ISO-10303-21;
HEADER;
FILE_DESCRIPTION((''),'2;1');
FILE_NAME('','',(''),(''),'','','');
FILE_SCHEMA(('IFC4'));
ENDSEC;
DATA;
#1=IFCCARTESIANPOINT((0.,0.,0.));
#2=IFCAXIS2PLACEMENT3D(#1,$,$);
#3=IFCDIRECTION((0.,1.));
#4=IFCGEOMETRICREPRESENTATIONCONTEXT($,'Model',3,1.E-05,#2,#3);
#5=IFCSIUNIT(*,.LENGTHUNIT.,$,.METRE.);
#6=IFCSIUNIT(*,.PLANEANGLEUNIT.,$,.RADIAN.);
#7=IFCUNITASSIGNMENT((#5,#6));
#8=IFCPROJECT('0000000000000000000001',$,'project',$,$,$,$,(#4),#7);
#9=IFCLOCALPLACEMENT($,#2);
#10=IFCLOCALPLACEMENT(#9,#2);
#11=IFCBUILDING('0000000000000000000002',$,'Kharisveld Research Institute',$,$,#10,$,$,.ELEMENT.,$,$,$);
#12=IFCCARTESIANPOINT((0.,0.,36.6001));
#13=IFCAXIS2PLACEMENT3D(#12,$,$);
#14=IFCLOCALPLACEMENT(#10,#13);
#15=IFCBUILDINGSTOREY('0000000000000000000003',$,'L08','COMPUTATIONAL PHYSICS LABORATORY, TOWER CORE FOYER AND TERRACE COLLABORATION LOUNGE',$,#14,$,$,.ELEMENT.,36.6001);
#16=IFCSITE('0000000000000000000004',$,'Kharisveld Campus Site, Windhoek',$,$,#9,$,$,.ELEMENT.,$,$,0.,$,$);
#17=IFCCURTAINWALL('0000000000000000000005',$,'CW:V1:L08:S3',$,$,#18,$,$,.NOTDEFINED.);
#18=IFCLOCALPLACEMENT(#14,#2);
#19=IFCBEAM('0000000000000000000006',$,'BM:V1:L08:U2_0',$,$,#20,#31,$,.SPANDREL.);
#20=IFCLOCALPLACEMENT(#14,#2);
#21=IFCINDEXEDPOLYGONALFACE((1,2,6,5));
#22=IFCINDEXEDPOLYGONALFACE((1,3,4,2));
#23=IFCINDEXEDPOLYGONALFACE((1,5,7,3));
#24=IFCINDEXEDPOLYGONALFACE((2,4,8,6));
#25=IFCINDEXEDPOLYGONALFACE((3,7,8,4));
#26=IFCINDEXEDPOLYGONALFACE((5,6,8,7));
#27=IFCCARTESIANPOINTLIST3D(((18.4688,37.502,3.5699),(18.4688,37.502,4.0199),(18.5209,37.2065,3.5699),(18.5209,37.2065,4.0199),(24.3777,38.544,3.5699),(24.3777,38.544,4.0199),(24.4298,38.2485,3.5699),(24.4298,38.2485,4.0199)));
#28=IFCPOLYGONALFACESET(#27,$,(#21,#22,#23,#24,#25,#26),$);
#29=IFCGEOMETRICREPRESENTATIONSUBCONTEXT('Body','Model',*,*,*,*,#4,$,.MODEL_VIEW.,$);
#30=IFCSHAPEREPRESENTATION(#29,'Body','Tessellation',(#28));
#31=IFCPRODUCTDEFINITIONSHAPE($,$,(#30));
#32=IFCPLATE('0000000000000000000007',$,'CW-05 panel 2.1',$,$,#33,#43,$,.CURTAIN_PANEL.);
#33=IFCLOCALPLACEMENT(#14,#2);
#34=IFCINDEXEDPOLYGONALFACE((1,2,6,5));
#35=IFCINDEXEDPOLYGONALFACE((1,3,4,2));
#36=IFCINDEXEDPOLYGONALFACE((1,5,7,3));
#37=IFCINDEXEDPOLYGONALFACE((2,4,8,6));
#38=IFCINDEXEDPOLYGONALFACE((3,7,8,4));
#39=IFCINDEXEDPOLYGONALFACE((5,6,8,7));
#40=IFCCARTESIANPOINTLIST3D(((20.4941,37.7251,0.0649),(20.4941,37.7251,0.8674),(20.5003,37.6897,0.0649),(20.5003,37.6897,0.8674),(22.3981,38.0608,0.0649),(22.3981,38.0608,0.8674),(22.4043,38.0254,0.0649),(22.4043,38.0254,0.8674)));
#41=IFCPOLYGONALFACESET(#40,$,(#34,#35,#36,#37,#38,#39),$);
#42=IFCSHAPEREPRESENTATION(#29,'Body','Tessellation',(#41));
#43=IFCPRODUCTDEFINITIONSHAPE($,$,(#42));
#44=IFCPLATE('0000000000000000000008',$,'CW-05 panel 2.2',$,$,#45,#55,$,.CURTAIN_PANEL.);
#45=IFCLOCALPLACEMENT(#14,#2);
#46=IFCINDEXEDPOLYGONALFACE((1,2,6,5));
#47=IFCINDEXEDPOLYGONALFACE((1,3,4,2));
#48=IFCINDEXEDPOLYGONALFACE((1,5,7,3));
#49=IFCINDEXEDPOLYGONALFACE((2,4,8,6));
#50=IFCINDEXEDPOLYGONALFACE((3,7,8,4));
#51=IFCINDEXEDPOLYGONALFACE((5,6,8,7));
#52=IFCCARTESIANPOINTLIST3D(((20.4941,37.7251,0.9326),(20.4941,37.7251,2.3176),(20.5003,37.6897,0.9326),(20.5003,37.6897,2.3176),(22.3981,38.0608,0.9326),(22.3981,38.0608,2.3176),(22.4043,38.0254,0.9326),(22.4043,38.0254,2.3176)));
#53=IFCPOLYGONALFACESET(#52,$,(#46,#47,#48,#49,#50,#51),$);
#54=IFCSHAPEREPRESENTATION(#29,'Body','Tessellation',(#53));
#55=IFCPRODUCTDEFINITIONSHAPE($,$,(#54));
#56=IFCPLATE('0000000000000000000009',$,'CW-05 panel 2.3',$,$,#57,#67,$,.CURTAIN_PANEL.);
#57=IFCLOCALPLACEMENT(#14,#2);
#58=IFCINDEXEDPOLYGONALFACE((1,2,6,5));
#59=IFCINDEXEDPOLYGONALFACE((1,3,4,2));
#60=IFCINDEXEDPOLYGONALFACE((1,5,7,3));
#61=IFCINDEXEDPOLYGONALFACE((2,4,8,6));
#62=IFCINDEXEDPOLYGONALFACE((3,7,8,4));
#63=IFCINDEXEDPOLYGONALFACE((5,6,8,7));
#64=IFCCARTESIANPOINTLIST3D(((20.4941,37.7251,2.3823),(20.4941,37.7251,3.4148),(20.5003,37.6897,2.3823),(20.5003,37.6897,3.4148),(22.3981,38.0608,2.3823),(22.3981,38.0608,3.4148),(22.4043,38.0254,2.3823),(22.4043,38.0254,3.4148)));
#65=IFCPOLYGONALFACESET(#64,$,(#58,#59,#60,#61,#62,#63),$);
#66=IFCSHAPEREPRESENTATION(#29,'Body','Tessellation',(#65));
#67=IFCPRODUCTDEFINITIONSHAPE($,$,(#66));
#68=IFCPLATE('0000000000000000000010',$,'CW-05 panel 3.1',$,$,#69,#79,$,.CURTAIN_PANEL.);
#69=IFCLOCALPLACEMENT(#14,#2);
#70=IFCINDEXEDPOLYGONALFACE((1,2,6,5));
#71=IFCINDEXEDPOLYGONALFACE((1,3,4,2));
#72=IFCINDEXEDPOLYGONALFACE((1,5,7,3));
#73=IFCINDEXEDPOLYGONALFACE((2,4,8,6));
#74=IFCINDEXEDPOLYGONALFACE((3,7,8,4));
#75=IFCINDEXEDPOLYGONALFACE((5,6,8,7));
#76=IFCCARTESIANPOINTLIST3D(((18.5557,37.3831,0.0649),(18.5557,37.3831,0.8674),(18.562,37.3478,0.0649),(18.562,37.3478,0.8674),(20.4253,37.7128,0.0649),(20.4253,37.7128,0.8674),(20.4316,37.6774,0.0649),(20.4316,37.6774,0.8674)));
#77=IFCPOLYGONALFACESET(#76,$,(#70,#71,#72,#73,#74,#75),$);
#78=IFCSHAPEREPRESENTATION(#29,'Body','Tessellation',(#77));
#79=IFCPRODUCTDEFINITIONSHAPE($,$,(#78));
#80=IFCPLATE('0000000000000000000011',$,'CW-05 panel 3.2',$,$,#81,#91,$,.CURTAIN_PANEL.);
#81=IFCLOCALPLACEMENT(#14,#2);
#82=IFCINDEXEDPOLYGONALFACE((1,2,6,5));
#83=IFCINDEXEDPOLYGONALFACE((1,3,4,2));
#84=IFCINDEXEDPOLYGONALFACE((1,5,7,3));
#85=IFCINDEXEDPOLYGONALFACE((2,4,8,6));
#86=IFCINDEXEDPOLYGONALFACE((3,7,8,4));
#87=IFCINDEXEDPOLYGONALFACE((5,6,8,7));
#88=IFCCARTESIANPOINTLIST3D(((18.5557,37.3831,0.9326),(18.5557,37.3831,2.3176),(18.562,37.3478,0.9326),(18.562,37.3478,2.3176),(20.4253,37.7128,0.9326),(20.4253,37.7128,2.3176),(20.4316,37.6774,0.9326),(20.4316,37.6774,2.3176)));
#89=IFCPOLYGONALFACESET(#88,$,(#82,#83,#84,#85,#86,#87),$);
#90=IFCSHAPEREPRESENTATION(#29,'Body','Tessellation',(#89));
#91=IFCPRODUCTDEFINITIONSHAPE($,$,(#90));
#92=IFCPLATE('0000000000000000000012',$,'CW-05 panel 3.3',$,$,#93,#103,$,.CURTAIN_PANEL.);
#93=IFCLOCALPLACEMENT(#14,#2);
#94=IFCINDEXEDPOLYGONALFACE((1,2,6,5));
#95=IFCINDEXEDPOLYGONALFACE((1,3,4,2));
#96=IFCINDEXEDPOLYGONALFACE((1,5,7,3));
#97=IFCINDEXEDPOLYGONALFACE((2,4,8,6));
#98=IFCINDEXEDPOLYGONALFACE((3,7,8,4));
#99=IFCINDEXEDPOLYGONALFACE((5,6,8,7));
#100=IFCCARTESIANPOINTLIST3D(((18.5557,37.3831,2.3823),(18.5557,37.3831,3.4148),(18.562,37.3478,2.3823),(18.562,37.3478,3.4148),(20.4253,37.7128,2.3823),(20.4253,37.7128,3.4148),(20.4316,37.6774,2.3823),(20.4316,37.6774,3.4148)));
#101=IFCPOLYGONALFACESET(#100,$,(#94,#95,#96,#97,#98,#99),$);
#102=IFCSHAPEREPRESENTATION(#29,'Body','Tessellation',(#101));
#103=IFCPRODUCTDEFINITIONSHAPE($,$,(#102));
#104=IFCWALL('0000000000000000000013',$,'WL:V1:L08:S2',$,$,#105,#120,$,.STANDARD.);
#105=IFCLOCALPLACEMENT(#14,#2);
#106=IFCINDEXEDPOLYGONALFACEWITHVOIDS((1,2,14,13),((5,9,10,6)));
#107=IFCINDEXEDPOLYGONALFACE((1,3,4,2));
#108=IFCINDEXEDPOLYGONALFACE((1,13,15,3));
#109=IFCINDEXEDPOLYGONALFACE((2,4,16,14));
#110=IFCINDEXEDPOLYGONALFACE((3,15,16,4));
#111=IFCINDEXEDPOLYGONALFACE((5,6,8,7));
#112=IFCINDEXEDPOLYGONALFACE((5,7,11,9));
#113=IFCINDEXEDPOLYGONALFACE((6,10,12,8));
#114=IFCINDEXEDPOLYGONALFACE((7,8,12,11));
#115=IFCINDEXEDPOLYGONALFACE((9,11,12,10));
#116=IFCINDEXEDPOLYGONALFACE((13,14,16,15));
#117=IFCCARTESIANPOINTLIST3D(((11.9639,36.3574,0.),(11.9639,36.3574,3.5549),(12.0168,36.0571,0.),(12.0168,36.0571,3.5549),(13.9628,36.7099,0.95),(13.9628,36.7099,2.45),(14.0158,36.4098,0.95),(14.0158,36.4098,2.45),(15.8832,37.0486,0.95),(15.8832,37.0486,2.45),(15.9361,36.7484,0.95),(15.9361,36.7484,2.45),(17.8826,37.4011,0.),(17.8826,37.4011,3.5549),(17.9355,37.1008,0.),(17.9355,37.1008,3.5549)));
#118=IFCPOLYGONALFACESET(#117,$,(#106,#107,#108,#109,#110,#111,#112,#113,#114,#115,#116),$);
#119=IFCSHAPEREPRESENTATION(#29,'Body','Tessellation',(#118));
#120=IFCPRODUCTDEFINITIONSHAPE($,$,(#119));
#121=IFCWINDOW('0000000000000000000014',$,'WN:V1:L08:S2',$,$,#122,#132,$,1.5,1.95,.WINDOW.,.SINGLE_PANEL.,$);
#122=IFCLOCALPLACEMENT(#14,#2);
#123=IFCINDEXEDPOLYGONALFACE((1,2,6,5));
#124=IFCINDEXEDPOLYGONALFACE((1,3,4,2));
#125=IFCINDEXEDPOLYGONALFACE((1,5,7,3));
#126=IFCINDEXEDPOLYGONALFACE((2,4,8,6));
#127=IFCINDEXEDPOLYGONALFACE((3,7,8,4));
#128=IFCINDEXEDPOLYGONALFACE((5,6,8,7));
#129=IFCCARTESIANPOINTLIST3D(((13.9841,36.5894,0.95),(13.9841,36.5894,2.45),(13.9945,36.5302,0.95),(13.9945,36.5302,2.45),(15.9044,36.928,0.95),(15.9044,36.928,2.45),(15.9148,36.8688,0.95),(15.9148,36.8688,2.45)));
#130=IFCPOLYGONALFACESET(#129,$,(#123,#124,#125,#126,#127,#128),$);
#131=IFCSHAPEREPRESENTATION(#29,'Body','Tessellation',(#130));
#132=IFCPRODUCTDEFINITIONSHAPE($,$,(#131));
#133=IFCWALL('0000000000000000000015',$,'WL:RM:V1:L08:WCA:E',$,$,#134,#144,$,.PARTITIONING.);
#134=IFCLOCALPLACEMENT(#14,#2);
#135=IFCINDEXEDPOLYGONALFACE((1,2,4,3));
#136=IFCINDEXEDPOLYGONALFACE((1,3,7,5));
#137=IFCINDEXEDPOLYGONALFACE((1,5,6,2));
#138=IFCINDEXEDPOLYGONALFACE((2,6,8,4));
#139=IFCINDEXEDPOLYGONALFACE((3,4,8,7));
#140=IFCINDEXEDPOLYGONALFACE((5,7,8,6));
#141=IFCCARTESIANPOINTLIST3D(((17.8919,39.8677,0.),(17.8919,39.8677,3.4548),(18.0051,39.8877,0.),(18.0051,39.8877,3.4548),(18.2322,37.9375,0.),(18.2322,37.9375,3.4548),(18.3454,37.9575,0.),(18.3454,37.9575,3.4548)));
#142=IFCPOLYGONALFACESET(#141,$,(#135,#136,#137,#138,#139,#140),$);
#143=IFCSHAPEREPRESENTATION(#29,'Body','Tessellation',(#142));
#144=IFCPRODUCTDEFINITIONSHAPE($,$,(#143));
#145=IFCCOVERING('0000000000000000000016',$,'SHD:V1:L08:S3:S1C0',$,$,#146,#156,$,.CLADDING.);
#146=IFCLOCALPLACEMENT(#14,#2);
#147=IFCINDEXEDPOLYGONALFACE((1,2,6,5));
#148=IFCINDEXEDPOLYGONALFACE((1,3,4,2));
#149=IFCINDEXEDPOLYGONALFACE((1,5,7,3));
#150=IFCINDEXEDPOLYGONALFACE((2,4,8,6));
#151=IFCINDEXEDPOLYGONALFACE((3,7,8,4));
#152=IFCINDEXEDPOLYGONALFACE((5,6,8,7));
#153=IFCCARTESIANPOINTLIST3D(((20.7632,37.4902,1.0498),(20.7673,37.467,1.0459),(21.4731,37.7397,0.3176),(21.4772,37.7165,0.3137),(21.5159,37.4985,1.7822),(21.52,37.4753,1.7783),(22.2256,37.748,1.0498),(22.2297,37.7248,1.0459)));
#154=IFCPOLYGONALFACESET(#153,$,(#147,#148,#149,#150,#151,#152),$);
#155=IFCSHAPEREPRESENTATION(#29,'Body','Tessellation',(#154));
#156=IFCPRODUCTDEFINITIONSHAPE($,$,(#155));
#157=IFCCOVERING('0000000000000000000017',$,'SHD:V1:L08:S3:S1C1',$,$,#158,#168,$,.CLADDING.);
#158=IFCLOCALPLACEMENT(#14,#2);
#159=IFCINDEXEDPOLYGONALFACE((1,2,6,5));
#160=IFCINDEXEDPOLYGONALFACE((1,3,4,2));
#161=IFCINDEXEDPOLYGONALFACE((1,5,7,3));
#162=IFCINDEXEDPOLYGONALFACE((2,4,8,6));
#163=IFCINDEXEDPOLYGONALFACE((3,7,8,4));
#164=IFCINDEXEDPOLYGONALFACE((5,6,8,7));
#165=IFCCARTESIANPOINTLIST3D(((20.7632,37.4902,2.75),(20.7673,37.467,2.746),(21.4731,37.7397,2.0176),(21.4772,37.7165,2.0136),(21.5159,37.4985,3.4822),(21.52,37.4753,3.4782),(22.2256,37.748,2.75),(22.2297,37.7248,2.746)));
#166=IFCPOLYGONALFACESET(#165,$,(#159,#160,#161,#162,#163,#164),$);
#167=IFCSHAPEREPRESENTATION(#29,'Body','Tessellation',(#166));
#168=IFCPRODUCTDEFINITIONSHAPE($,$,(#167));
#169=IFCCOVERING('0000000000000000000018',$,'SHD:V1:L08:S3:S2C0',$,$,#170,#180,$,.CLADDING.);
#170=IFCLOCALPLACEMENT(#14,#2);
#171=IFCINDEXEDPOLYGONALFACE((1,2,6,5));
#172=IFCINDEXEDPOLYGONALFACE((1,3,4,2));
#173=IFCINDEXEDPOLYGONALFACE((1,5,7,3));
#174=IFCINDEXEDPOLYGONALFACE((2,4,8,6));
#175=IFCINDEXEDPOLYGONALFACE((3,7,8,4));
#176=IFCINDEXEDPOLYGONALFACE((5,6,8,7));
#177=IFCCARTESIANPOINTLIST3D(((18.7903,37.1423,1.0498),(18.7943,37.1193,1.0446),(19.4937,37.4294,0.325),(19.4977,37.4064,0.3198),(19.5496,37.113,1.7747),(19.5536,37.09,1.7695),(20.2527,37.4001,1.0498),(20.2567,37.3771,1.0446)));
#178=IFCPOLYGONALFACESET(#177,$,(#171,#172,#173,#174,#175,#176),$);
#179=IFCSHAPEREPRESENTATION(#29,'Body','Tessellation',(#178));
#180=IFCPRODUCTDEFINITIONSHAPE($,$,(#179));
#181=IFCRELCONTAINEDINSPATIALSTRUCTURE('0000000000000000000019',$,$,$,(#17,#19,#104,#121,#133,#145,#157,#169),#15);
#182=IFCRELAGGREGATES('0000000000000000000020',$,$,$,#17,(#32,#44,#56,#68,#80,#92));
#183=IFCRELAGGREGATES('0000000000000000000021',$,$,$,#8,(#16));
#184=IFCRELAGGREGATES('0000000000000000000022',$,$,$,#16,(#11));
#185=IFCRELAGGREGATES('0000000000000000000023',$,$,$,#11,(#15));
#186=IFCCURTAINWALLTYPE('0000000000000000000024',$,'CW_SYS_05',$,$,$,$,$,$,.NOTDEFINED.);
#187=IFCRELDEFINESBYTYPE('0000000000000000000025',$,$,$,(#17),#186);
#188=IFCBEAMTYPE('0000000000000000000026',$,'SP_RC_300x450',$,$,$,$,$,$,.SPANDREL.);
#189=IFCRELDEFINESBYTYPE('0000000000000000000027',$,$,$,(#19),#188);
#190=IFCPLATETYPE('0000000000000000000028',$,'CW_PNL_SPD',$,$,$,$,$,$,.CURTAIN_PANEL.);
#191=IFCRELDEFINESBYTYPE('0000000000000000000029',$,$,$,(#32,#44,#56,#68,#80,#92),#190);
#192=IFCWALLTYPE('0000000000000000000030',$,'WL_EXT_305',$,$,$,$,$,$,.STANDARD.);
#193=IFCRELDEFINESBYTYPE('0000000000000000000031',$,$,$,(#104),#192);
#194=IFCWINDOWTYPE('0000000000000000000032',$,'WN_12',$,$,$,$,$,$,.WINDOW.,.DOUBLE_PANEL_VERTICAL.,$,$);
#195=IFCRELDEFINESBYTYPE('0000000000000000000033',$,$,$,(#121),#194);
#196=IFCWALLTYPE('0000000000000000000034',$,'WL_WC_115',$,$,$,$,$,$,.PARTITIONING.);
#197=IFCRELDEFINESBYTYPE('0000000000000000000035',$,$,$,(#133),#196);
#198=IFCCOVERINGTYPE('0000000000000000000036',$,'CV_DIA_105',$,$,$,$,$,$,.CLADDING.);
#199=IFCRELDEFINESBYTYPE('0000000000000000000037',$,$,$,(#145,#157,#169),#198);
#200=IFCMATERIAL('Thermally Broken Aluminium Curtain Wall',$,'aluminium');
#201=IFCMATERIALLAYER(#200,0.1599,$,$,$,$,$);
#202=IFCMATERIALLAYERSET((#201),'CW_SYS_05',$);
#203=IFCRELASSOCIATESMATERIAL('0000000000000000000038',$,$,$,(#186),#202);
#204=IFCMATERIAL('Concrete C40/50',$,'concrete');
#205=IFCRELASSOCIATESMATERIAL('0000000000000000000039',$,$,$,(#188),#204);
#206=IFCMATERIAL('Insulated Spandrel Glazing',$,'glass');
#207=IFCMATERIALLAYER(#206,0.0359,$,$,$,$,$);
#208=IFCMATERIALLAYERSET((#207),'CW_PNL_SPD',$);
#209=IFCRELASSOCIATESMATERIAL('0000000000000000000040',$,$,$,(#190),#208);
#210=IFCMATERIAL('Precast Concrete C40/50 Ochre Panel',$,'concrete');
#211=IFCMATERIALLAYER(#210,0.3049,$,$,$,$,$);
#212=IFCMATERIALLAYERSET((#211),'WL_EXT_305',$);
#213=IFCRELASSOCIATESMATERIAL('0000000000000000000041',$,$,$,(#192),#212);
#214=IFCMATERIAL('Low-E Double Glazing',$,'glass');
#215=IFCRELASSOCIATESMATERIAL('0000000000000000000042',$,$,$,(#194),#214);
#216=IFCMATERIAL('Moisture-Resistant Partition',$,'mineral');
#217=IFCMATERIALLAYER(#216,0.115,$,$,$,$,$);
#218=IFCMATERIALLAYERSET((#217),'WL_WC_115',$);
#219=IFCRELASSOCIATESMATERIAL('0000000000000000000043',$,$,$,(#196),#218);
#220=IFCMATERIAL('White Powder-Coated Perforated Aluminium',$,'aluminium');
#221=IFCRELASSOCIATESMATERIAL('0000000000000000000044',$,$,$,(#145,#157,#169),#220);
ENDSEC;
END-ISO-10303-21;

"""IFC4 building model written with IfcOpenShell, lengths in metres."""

from ifc_helpers import new_model, si_unit, direction, frame, frame_2d, origin, origin_2d, place, context, subcontext, project, spatial, polyline, rectangle, outline, extrude, material, layer, layer_set, material_profile, profile_set, type_object, element, fill, aggregate, save


model = new_model("IFC4")

# Units and contexts
model_context = context("Model", 3, precision=1e-05, world=origin(), true_north=direction((0.0, 1.0)))
body_context = subcontext(model_context, "Body", "Model", "MODEL_VIEW")
ifc_project = project(units=[si_unit("LENGTHUNIT", "METRE"), si_unit("PLANEANGLEUNIT", "RADIAN")], contexts=[model_context])

# Site, building, storey
site_placement = place(None, origin())
site = spatial("IfcSite", under=ifc_project, at=site_placement, Name="Kharisveld Campus Site, Windhoek", CompositionType="ELEMENT", RefElevation=0.0)
building_placement = place(site_placement, origin())
building = spatial("IfcBuilding", under=site, at=building_placement, Name="Kharisveld Research Institute", CompositionType="ELEMENT")
storey_placement = place(building_placement, frame((0.0, 0.0, 36.6001)))
storey = spatial("IfcBuildingStorey", under=building, at=storey_placement, Name="L08", Description="COMPUTATIONAL PHYSICS LABORATORY, TOWER CORE FOYER AND TERRACE COLLABORATION LOUNGE", CompositionType="ELEMENT", Elevation=36.6001)

# Curtain wall
ifc_material_1 = material(Name="Thermally Broken Aluminium Curtain Wall", Category="aluminium")
ifc_layer_1 = layer(ifc_material_1, 0.1599)
ifc_layer_set_1 = layer_set([ifc_layer_1], Name="CW_SYS_05")
curtain_wall_type = type_object("IfcCurtainWallType", Name="CW_SYS_05", PredefinedType="NOTDEFINED", material=ifc_layer_set_1)
curtain_wall_placement = place(storey_placement, origin())
curtain_wall = element("IfcCurtainWall", 1, at=curtain_wall_placement, inside=storey, type_object=curtain_wall_type, Name="CW:V1:L08:S3", PredefinedType="NOTDEFINED")

# Beam
ifc_material_2 = material(Name="Concrete C40/50", Category="concrete")
ifc_material_profile_1 = material_profile(ifc_material_2, rectangle(XDim=0.3, YDim=0.45, at=origin_2d()))
ifc_profile_set_1 = profile_set([ifc_material_profile_1], Name="Concrete C40/50")
beam_type_1 = type_object("IfcBeamType", Name="SP_RC_300x450", PredefinedType="SPANDREL", material=ifc_profile_set_1)
beam_1_placement = place(storey_placement, frame((18.4949, 37.3542, 3.7949), z_axis=(0.984805, 0.173662, 0.0), x_axis=(-0.173662, 0.984805, 0.0)))
element("IfcBeam", 2, at=beam_1_placement, inside=storey, type_object=beam_type_1, Name="BM:V1:L08:U2_0", PredefinedType="SPANDREL", context=body_context, shape_type="SweptSolid", body=[
    extrude(rectangle(XDim=0.3, YDim=0.45, at=origin_2d()), origin(), (0.0, 0.0, 1.0), 6.0),
])

# Plates
ifc_material_3 = material(Name="Insulated Spandrel Glazing", Category="glass")
ifc_layer_2 = layer(ifc_material_3, 0.0359)
ifc_layer_set_2 = layer_set([ifc_layer_2], Name="CW_PNL_SPD")
plate_type = type_object("IfcPlateType", Name="CW_PNL_SPD", PredefinedType="CURTAIN_PANEL", material=ifc_layer_set_2)
plate_1_placement = place(storey_placement, frame((21.4492, 37.8752, 0.0649), z_axis=(0.0, 0.0, 1.0), x_axis=(-0.984808, -0.173648, 0.0)))
plate_1 = element("IfcPlate", 3, at=plate_1_placement, type_object=plate_type, Name="CW-05 panel 2.1", PredefinedType="CURTAIN_PANEL", context=body_context, shape_type="SweptSolid", body=[
    extrude(rectangle(XDim=1.9333, YDim=0.0359, at=origin_2d()), origin(), (0.0, 0.0, 1.0), 0.8025),
])
plate_2_placement = place(storey_placement, frame((21.4492, 37.8752, 0.9326), z_axis=(0.0, 0.0, 1.0), x_axis=(-0.984808, -0.173648, 0.0)))
plate_2 = element("IfcPlate", 4, at=plate_2_placement, type_object=plate_type, Name="CW-05 panel 2.2", PredefinedType="CURTAIN_PANEL", context=body_context, shape_type="SweptSolid", body=[
    extrude(rectangle(XDim=1.9333, YDim=0.0359, at=origin_2d()), origin(), (0.0, 0.0, 1.0), 1.385),
])
plate_3_placement = place(storey_placement, frame((21.4492, 37.8752, 2.3823), z_axis=(0.0, 0.0, 1.0), x_axis=(-0.984808, -0.173648, 0.0)))
plate_3 = element("IfcPlate", 5, at=plate_3_placement, type_object=plate_type, Name="CW-05 panel 2.3", PredefinedType="CURTAIN_PANEL", context=body_context, shape_type="SweptSolid", body=[
    extrude(rectangle(XDim=1.9333, YDim=0.0359, at=origin_2d()), origin(), (0.0, 0.0, 1.0), 1.0325),
])
plate_4_placement = place(storey_placement, frame((19.4937, 37.5303, 0.0649), z_axis=(0.0, 0.0, 1.0), x_axis=(-0.984808, -0.173648, 0.0)))
plate_4 = element("IfcPlate", 6, at=plate_4_placement, type_object=plate_type, Name="CW-05 panel 3.1", PredefinedType="CURTAIN_PANEL", context=body_context, shape_type="SweptSolid", body=[
    extrude(rectangle(XDim=1.8984, YDim=0.0359, at=origin_2d()), origin(), (0.0, 0.0, 1.0), 0.8025),
])
plate_5_placement = place(storey_placement, frame((19.4937, 37.5303, 0.9326), z_axis=(0.0, 0.0, 1.0), x_axis=(-0.984808, -0.173648, 0.0)))
plate_5 = element("IfcPlate", 7, at=plate_5_placement, type_object=plate_type, Name="CW-05 panel 3.2", PredefinedType="CURTAIN_PANEL", context=body_context, shape_type="SweptSolid", body=[
    extrude(rectangle(XDim=1.8984, YDim=0.0359, at=origin_2d()), origin(), (0.0, 0.0, 1.0), 1.385),
])
plate_6_placement = place(storey_placement, frame((19.4937, 37.5303, 2.3823), z_axis=(0.0, 0.0, 1.0), x_axis=(-0.984808, -0.173648, 0.0)))
plate_6 = element("IfcPlate", 8, at=plate_6_placement, type_object=plate_type, Name="CW-05 panel 3.3", PredefinedType="CURTAIN_PANEL", context=body_context, shape_type="SweptSolid", body=[
    extrude(rectangle(XDim=1.8984, YDim=0.0359, at=origin_2d()), origin(), (0.0, 0.0, 1.0), 1.0325),
])
aggregate(curtain_wall, [plate_1, plate_2, plate_3, plate_4, plate_5, plate_6])

# Wall, opening, window
ifc_material_4 = material(Name="Precast Concrete C40/50 Ochre Panel", Category="concrete")
ifc_layer_3 = layer(ifc_material_4, 0.3049)
ifc_layer_set_3 = layer_set([ifc_layer_3], Name="WL_EXT_305")
wall_type_1 = type_object("IfcWallType", Name="WL_EXT_305", PredefinedType="STANDARD", material=ifc_layer_set_3)
wall_1_placement = place(storey_placement, frame((17.9089, 37.251, 0.0), z_axis=(0.0, 0.0, 1.0), x_axis=(-0.984806, -0.17366, 0.0)))
wall_1 = element("IfcWall", 9, at=wall_1_placement, inside=storey, type_object=wall_type_1, Name="WL:V1:L08:S2", PredefinedType="STANDARD", context=body_context, shape_type="SweptSolid", body=[
    extrude(rectangle(XDim=6.01, YDim=0.3049, at=frame_2d((3.0049, 0.0))), origin(), (0.0, 0.0, 1.0), 3.5549),
])
opening_placement = place(wall_1_placement, frame((2.03, 0.0, 0.95)))
opening = element("IfcOpeningElement", 10, at=opening_placement, cuts=wall_1, PredefinedType="OPENING", context=body_context, shape_type="SweptSolid", body=[
    extrude(rectangle(XDim=1.95, YDim=1.5, at=frame_2d((0.9751, 0.75))), frame((0.0, 0.1523, 0.0), z_axis=(0.0, -1.0, 0.0), x_axis=(1.0, 0.0, 0.0)), (0.0, 0.0, 1.0), 0.3049),
])
ifc_material_5 = material(Name="Low-E Double Glazing", Category="glass")
window_type = type_object("IfcWindowType", Name="WN_12", PartitioningType="DOUBLE_PANEL_VERTICAL", PredefinedType="WINDOW", material=ifc_material_5)
window_placement = place(opening_placement, origin())
window = element("IfcWindow", 11, at=window_placement, inside=storey, type_object=window_type, Name="WN:V1:L08:S2", OverallHeight=1.5, OverallWidth=1.95, PartitioningType="SINGLE_PANEL", PredefinedType="WINDOW", context=body_context, shape_type="SweptSolid", body=[
    extrude(rectangle(XDim=1.95, YDim=1.5, at=frame_2d((0.9751, 0.75))), frame((0.0, 0.03, 0.0), z_axis=(0.0, -1.0, 0.0), x_axis=(1.0, 0.0, 0.0)), (0.0, 0.0, 1.0), 0.0601),
])
fill(opening, window)

# Wall
ifc_material_6 = material(Name="Moisture-Resistant Partition", Category="mineral")
ifc_layer_4 = layer(ifc_material_6, 0.115)
ifc_layer_set_4 = layer_set([ifc_layer_4], Name="WL_WC_115")
wall_type_2 = type_object("IfcWallType", Name="WL_WC_115", PredefinedType="PARTITIONING", material=ifc_layer_set_4)
wall_2_placement = place(storey_placement, frame((18.2888, 37.9475, 0.0), z_axis=(0.0, 0.0, 1.0), x_axis=(-0.173643, 0.984809, 0.0)))
element("IfcWall", 12, at=wall_2_placement, inside=storey, type_object=wall_type_2, Name="WL:RM:V1:L08:WCA:E", PredefinedType="PARTITIONING", context=body_context, shape_type="SweptSolid", body=[
    extrude(rectangle(XDim=1.96, YDim=0.115, at=frame_2d((0.98, 0.0))), origin(), (0.0, 0.0, 1.0), 3.4548),
])

# Coverings
ifc_material_7 = material(Name="White Powder-Coated Perforated Aluminium", Category="aluminium")
covering_type = type_object("IfcCoveringType", Name="CV_DIA_105", PredefinedType="CLADDING")
covering_1_placement = place(storey_placement, frame((21.4731, 37.7397, 0.3176), z_axis=(-0.171238, 0.971321, 0.164966), x_axis=(-0.676188, -0.237643, 0.697348)))
element("IfcCovering", 13, at=covering_1_placement, inside=storey, type_object=covering_type, material=ifc_material_7, Name="SHD:V1:L08:S3:S1C0", PredefinedType="CLADDING", context=body_context, shape_type="SweptSolid", body=[
    extrude(outline(polyline([(0.0, 0.0), (1.0499, 0.0), (1.0498, 1.0503), (-0.0002, 1.0499), (0.0, 0.0)])), origin(), (0.0, 0.0, -1.0), 0.0239),
])
covering_2_placement = place(storey_placement, frame((21.4731, 37.7397, 2.0176), z_axis=(-0.171238, 0.971321, 0.164966), x_axis=(-0.676072, -0.237642, 0.697462)))
element("IfcCovering", 14, at=covering_2_placement, inside=storey, type_object=covering_type, material=ifc_material_7, Name="SHD:V1:L08:S3:S1C1", PredefinedType="CLADDING", context=body_context, shape_type="SweptSolid", body=[
    extrude(outline(polyline([(0.0, 0.0), (1.0501, 0.0), (1.0499, 1.0501), (0.0002, 1.0501), (0.0, 0.0)])), origin(), (0.0, 0.0, -1.0), 0.0239),
])
for number, where, z_axis, x_axis, name in (
    (15, (19.4937, 37.4294, 0.325), (-0.169503, 0.961481, 0.216385), (-0.66985, -0.273447, 0.69031), "SHD:V1:L08:S3:S2C0"),
):
    element("IfcCovering", number, at=place(storey_placement, frame(where, z_axis=z_axis, x_axis=x_axis)), inside=storey, type_object=covering_type, material=ifc_material_7, Name=name, PredefinedType="CLADDING", context=body_context, shape_type="SweptSolid", body=[
        extrude(outline(polyline([(0.0, 0.0), (1.05, 0.0), (1.0498, 1.0501), (-0.0001, 1.05), (0.0, 0.0)])), origin(), (0.0, 0.0, -1.0), 0.0239),
    ])

save(model, "model.ifc")
